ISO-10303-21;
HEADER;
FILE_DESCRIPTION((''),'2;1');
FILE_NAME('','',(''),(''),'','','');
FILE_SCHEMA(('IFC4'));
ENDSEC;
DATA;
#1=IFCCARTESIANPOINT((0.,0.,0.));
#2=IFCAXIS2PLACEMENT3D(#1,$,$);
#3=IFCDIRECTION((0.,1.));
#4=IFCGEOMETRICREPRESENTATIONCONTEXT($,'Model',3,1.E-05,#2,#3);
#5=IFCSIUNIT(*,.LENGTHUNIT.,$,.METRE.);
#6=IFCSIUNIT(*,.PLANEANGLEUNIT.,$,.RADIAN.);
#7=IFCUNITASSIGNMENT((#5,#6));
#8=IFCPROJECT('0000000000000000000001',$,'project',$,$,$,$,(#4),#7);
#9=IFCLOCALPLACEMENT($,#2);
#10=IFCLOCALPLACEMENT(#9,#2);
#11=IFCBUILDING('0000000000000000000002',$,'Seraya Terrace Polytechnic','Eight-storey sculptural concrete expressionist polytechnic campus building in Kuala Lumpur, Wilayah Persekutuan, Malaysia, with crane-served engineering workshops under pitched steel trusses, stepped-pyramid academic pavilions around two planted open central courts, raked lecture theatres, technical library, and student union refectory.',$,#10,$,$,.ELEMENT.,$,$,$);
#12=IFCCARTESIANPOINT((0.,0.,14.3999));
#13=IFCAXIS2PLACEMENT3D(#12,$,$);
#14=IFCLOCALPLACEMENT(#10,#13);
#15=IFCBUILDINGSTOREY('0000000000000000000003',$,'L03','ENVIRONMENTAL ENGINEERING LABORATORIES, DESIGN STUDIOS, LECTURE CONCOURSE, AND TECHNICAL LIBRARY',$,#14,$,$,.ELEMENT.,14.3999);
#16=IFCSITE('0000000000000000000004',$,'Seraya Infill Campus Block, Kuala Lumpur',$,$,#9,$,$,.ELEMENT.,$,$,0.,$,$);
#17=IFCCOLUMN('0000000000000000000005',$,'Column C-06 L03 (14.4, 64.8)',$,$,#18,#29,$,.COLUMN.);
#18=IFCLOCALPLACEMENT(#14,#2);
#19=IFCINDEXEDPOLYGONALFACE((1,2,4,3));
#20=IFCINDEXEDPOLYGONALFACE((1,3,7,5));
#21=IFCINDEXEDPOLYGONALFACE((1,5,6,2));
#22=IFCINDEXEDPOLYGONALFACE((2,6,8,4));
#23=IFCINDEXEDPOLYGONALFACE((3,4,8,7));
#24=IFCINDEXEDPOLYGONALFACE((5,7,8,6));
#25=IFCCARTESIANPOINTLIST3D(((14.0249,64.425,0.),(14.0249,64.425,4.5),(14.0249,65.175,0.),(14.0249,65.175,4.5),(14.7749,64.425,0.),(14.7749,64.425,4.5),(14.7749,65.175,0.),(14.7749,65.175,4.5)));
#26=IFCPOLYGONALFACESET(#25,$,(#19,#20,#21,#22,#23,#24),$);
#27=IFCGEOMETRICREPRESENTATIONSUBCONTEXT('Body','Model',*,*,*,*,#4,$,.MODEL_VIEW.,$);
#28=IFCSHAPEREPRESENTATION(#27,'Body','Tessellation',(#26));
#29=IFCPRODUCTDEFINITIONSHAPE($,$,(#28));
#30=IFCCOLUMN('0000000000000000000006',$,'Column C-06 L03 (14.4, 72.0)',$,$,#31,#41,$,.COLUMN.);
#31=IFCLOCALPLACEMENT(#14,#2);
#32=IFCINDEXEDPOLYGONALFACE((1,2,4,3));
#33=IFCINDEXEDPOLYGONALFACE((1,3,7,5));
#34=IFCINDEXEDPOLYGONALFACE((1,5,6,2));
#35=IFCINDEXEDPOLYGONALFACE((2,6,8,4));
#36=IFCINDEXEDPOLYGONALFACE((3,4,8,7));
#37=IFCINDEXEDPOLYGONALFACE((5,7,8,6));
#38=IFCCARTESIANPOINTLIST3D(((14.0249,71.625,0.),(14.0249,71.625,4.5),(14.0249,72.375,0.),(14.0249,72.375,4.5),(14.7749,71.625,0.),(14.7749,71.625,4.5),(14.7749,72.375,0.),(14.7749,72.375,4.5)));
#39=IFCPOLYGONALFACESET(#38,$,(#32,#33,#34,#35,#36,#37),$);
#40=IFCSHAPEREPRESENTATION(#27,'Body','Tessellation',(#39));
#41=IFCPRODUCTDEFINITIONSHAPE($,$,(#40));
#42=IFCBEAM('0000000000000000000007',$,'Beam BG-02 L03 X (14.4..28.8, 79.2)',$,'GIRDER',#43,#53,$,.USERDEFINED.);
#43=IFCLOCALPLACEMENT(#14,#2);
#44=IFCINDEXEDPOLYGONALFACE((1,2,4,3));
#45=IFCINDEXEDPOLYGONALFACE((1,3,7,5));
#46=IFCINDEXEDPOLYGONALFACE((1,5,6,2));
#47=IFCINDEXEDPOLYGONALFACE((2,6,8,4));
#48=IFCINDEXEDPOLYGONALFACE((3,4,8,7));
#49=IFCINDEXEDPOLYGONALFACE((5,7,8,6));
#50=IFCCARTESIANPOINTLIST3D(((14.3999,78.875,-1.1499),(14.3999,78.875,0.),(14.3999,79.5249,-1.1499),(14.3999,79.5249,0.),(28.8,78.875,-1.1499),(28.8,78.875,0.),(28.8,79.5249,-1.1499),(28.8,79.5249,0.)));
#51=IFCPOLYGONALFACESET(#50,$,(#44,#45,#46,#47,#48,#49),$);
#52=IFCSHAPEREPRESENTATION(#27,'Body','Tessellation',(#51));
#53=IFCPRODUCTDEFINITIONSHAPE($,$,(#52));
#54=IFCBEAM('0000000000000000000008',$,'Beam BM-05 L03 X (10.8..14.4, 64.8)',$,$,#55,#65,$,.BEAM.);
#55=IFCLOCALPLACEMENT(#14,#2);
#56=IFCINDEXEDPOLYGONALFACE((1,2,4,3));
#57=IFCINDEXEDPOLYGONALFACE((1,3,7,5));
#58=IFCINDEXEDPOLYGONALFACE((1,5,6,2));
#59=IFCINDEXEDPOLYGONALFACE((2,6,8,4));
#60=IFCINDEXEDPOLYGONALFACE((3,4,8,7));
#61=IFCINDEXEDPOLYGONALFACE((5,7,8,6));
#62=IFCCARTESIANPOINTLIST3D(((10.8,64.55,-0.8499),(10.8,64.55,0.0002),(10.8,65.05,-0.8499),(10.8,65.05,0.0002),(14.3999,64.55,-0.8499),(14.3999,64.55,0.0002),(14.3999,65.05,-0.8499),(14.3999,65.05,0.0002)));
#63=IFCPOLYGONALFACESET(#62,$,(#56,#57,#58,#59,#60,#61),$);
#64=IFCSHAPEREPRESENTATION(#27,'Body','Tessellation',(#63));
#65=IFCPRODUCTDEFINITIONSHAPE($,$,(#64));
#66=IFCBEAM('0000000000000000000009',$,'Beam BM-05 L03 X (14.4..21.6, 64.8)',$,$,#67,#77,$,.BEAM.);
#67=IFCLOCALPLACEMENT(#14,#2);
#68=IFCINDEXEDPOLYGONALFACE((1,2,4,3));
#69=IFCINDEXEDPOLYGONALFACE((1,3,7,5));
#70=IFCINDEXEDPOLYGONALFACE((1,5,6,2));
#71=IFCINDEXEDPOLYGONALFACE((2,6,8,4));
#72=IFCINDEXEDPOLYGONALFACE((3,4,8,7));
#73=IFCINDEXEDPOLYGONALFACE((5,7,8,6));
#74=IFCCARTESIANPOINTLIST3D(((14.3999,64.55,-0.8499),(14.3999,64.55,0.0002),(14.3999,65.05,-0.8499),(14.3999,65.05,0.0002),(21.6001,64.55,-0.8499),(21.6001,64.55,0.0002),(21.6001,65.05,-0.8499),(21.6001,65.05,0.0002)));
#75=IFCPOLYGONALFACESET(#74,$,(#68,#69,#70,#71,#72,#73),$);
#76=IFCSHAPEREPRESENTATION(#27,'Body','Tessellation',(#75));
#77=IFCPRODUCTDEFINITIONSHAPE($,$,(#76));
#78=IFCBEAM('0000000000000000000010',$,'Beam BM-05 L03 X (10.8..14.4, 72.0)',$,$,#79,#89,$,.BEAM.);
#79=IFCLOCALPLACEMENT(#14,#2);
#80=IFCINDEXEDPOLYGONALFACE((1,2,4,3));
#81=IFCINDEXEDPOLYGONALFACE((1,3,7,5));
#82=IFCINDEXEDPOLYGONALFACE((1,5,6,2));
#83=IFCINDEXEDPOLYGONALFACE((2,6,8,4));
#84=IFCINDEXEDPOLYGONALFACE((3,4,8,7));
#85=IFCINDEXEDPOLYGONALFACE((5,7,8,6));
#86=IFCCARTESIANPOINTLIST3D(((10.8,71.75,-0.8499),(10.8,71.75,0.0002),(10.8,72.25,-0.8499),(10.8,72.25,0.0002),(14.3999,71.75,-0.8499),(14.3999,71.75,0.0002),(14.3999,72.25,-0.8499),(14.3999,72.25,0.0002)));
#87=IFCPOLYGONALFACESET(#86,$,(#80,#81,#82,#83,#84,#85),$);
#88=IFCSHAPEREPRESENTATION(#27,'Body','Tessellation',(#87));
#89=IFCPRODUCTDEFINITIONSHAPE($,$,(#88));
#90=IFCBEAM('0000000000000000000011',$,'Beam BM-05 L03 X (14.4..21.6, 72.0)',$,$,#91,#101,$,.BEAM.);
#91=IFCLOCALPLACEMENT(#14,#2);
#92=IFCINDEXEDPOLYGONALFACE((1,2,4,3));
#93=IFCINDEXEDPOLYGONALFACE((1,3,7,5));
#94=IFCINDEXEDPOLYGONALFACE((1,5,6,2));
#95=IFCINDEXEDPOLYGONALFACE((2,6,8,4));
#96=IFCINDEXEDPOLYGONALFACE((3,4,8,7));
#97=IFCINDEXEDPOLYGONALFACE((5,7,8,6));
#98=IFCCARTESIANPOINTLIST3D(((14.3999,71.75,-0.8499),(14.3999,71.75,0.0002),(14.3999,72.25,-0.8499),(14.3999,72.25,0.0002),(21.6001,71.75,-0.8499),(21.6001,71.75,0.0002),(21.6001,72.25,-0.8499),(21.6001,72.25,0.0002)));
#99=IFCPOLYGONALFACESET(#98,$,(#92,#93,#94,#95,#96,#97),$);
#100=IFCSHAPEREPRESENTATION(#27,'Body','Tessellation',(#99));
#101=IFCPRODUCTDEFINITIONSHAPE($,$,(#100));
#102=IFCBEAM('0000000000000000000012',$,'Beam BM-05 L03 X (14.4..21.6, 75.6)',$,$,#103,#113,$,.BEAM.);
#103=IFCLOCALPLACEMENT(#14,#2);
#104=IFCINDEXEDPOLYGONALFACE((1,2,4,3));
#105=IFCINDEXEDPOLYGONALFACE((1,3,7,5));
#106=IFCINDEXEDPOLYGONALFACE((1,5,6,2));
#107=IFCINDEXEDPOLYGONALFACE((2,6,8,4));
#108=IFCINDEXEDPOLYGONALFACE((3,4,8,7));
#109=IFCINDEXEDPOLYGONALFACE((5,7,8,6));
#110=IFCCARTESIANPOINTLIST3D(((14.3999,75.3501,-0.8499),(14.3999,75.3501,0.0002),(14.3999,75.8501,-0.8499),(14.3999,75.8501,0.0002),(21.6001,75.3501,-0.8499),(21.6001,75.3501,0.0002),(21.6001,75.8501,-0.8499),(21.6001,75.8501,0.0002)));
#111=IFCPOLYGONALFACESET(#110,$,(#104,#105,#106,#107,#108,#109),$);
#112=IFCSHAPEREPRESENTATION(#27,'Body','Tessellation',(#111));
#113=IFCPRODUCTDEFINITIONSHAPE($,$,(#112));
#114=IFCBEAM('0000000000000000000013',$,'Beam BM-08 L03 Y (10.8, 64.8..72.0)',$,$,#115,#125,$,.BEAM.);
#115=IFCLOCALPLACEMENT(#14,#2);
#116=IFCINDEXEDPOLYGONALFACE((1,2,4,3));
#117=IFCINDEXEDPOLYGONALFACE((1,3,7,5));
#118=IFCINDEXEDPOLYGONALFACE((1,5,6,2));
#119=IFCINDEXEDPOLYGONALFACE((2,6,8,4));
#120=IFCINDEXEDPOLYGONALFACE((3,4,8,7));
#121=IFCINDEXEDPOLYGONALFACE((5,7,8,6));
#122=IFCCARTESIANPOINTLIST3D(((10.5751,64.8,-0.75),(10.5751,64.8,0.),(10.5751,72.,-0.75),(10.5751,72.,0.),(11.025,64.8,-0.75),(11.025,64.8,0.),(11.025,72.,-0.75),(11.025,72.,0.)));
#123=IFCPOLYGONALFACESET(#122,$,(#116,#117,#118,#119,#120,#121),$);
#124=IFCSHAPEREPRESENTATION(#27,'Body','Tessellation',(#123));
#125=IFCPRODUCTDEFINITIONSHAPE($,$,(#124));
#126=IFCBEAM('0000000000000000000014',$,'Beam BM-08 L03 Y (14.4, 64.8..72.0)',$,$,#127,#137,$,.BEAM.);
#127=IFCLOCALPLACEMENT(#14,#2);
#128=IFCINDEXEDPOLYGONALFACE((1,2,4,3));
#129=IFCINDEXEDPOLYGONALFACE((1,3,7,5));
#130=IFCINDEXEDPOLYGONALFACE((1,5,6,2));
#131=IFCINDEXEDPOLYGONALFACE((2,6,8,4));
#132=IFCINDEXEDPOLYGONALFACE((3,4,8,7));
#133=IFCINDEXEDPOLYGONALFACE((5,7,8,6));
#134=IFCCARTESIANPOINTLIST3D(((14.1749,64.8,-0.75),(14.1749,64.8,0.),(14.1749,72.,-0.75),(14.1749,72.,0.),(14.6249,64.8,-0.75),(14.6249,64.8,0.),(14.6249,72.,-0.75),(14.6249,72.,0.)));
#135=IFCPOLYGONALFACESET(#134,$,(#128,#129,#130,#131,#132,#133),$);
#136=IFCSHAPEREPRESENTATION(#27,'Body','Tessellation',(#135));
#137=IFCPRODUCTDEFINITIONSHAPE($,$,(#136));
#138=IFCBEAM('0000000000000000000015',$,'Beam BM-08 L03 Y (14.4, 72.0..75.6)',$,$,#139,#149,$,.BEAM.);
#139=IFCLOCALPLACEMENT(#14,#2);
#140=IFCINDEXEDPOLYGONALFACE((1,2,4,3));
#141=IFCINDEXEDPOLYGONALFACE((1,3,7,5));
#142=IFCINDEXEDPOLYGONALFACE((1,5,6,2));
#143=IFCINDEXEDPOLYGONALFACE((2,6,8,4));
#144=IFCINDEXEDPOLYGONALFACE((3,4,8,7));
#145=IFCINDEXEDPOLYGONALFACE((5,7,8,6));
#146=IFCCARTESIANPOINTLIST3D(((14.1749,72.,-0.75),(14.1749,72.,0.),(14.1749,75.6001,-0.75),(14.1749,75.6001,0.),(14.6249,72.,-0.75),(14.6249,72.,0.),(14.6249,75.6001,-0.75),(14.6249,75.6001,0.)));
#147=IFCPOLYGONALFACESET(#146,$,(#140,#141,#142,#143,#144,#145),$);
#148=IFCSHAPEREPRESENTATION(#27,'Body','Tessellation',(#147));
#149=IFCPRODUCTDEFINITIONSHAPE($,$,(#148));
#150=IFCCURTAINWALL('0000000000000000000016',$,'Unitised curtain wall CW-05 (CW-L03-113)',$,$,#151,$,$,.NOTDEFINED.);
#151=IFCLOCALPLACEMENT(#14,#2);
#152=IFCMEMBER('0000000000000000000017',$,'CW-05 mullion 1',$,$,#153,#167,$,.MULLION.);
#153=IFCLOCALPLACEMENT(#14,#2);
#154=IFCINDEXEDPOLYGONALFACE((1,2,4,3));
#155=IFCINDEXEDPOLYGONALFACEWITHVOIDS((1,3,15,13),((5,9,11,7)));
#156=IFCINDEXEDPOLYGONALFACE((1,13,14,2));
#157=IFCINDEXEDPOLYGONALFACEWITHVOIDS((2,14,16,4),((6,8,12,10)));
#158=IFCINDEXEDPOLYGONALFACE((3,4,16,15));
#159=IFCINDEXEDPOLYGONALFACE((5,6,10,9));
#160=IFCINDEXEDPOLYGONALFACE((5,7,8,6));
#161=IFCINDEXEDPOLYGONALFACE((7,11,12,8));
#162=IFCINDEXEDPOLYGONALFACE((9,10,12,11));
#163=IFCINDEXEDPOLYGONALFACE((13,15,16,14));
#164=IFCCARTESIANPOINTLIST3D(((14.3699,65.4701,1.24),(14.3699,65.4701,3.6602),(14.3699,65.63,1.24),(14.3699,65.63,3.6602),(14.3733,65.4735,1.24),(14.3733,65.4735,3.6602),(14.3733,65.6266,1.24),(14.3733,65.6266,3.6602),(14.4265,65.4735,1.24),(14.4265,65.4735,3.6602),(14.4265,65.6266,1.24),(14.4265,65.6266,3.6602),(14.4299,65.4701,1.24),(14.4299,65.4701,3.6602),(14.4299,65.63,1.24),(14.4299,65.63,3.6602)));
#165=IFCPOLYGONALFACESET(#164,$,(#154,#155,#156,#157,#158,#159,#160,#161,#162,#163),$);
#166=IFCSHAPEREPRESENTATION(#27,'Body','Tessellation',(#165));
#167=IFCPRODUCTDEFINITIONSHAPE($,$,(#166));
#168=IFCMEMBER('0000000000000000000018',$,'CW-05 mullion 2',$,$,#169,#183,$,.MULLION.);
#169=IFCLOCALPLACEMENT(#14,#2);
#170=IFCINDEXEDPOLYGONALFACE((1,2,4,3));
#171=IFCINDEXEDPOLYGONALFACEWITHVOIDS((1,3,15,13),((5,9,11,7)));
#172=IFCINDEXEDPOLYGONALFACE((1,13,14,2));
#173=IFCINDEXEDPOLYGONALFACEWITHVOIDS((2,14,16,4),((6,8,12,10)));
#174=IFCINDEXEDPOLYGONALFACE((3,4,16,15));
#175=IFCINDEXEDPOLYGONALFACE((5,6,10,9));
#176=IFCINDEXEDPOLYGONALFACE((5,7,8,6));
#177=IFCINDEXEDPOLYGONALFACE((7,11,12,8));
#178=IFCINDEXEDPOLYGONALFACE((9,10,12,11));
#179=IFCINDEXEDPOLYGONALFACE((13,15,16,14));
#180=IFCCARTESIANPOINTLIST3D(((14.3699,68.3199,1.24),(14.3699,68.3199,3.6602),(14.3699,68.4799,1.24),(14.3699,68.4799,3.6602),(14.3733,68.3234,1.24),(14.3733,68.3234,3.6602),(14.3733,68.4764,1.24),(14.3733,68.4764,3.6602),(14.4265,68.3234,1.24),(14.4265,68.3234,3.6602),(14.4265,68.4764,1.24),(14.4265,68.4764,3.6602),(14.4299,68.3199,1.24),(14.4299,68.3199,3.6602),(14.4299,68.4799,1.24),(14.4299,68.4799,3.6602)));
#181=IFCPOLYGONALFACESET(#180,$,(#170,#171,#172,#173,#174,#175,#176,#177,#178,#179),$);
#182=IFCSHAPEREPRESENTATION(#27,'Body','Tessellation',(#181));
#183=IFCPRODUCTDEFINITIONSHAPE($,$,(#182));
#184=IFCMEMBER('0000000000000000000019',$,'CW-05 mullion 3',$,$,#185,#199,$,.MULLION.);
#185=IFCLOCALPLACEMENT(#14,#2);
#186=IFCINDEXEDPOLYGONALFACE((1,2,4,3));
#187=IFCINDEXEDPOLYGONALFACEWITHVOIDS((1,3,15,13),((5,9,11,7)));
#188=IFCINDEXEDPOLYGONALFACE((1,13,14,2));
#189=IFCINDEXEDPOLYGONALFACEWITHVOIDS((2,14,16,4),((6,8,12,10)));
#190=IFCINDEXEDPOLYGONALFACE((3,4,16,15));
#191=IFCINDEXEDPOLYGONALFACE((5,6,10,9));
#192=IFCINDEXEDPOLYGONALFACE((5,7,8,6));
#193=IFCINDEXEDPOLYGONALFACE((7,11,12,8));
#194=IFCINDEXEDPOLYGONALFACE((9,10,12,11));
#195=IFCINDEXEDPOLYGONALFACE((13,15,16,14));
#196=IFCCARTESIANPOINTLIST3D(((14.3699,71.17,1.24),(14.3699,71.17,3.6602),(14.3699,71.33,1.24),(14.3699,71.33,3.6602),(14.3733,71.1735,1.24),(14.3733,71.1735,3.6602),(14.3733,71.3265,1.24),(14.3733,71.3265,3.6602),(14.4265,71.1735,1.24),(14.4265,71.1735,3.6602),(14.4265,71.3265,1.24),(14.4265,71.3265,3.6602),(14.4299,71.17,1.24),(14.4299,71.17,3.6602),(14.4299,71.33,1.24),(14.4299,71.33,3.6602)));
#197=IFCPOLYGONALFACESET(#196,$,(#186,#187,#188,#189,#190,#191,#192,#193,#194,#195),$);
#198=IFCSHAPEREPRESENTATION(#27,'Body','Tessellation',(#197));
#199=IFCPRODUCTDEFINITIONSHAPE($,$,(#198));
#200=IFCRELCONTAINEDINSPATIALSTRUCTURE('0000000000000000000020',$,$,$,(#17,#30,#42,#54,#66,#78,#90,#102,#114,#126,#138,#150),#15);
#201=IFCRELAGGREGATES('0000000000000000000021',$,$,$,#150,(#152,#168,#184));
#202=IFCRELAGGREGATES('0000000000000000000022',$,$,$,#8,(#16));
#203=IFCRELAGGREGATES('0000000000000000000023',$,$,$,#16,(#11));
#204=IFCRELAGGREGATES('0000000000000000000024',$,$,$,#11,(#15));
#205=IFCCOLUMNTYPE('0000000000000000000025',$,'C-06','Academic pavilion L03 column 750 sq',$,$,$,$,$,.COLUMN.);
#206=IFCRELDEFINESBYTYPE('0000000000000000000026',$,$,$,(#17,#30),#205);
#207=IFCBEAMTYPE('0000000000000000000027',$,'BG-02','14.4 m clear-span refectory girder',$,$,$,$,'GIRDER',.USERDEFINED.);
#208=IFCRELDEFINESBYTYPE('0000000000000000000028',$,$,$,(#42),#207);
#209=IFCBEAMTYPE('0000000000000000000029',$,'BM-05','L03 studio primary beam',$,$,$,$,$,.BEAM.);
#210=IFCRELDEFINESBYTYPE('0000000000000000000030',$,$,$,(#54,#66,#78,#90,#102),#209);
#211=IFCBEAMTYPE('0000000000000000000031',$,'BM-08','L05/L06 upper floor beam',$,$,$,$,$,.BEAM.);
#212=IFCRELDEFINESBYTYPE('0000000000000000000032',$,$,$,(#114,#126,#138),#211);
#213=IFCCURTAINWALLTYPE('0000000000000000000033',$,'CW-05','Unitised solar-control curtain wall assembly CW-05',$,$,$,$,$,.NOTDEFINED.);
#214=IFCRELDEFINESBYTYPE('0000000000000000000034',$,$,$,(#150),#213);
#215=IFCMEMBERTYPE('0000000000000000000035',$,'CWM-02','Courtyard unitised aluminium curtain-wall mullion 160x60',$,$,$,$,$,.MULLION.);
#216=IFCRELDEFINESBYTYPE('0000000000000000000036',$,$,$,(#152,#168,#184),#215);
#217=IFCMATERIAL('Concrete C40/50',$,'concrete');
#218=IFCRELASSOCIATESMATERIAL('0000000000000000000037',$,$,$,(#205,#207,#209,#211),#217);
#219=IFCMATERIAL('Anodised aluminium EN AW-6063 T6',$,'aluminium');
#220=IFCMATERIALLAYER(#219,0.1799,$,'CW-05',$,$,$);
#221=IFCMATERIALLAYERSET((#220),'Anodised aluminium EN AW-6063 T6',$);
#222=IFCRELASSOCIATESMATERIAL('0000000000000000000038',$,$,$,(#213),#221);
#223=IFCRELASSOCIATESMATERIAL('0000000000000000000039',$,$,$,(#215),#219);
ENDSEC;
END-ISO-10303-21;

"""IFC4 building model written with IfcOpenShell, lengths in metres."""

from ifc_helpers import new_model, si_unit, direction, frame, origin, origin_2d, place, context, subcontext, project, spatial, rectangle, hollow_rectangle, extrude, material, layer, layer_set, material_profile, profile_set, type_object, element, aggregate, save


model = new_model("IFC4")

# Units and contexts
model_context = context("Model", 3, precision=1e-05, world=origin(), true_north=direction((0.0, 1.0)))
body_context = subcontext(model_context, "Body", "Model", "MODEL_VIEW")
ifc_project = project(units=[si_unit("LENGTHUNIT", "METRE"), si_unit("PLANEANGLEUNIT", "RADIAN")], contexts=[model_context])

# Site, building, storey
site_placement = place(None, origin())
site = spatial("IfcSite", under=ifc_project, at=site_placement, Name="Seraya Infill Campus Block, Kuala Lumpur", CompositionType="ELEMENT", RefElevation=0.0)
building_placement = place(site_placement, origin())
building = spatial("IfcBuilding", under=site, at=building_placement, Name="Seraya Terrace Polytechnic", Description="Eight-storey sculptural concrete expressionist polytechnic campus building in Kuala Lumpur, Wilayah Persekutuan, Malaysia, with crane-served engineering workshops under pitched steel trusses, stepped-pyramid academic pavilions around two planted open central courts, raked lecture theatres, technical library, and student union refectory.", CompositionType="ELEMENT")
storey_placement = place(building_placement, frame((0.0, 0.0, 14.3999)))
storey = spatial("IfcBuildingStorey", under=building, at=storey_placement, Name="L03", Description="ENVIRONMENTAL ENGINEERING LABORATORIES, DESIGN STUDIOS, LECTURE CONCOURSE, AND TECHNICAL LIBRARY", CompositionType="ELEMENT", Elevation=14.3999)

# Columns
ifc_material_1 = material(Name="Concrete C40/50", Category="concrete")
ifc_material_profile_1 = material_profile(ifc_material_1, rectangle(XDim=0.75, YDim=0.75, at=origin_2d()), Name="RC 750x750")
ifc_profile_set_1 = profile_set([ifc_material_profile_1], Name="Concrete C40/50")
column_type = type_object("IfcColumnType", Name="C-06", Description="Academic pavilion L03 column 750 sq", PredefinedType="COLUMN", material=ifc_profile_set_1)
for number, where, z_axis, x_axis, name in (
    (1, (14.3999, 64.8, 0.0), (0.0, 0.0, 1.0), (1.0, 0.0, 0.0), "Column C-06 L03 (14.4, 64.8)"),
    (2, (14.3999, 72.0, 0.0), (0.0, 0.0, 1.0), (1.0, 0.0, 0.0), "Column C-06 L03 (14.4, 72.0)"),
):
    element("IfcColumn", number, at=place(storey_placement, frame(where, z_axis=z_axis, x_axis=x_axis)), inside=storey, type_object=column_type, Name=name, PredefinedType="COLUMN", context=body_context, shape_type="SweptSolid", body=[
        extrude(rectangle(XDim=0.75, YDim=0.75, at=origin_2d()), origin(), (0.0, 0.0, 1.0), 4.5),
    ])

# Beams
ifc_material_profile_2 = material_profile(ifc_material_1, rectangle(XDim=0.6499, YDim=1.1499, at=origin_2d()), Name="RC 650x1150")
ifc_profile_set_2 = profile_set([ifc_material_profile_2], Name="Concrete C40/50")
beam_type_1 = type_object("IfcBeamType", Name="BG-02", Description="14.4 m clear-span refectory girder", ElementType="GIRDER", PredefinedType="USERDEFINED", material=ifc_profile_set_2)
beam_1_placement = place(storey_placement, frame((14.3999, 79.2, -0.575), z_axis=(1.0, 0.0, 0.0), x_axis=(0.0, 1.0, 0.0)))
element("IfcBeam", 3, at=beam_1_placement, inside=storey, type_object=beam_type_1, Name="Beam BG-02 L03 X (14.4..28.8, 79.2)", ObjectType="GIRDER", PredefinedType="USERDEFINED", context=body_context, shape_type="SweptSolid", body=[
    extrude(rectangle(XDim=0.6499, YDim=1.1499, at=origin_2d()), origin(), (0.0, 0.0, 1.0), 14.4001),
])
ifc_material_profile_3 = material_profile(ifc_material_1, rectangle(XDim=0.5, YDim=0.8501, at=origin_2d()), Name="RC 500x850")
ifc_profile_set_3 = profile_set([ifc_material_profile_3], Name="Concrete C40/50")
beam_type_2 = type_object("IfcBeamType", Name="BM-05", Description="L03 studio primary beam", PredefinedType="BEAM", material=ifc_profile_set_3)
beam_2_placement = place(storey_placement, frame((10.8, 64.8, -0.4248), z_axis=(1.0, 0.0, 0.0), x_axis=(0.0, 1.0, 0.0)))
element("IfcBeam", 4, at=beam_2_placement, inside=storey, type_object=beam_type_2, Name="Beam BM-05 L03 X (10.8..14.4, 64.8)", PredefinedType="BEAM", context=body_context, shape_type="SweptSolid", body=[
    extrude(rectangle(XDim=0.5, YDim=0.8501, at=origin_2d()), origin(), (0.0, 0.0, 1.0), 3.5999),
])
beam_3_placement = place(storey_placement, frame((14.3999, 64.8, -0.4248), z_axis=(1.0, 0.0, 0.0), x_axis=(0.0, 1.0, 0.0)))
element("IfcBeam", 5, at=beam_3_placement, inside=storey, type_object=beam_type_2, Name="Beam BM-05 L03 X (14.4..21.6, 64.8)", PredefinedType="BEAM", context=body_context, shape_type="SweptSolid", body=[
    extrude(rectangle(XDim=0.5, YDim=0.8501, at=origin_2d()), origin(), (0.0, 0.0, 1.0), 7.2002),
])
beam_4_placement = place(storey_placement, frame((10.8, 72.0, -0.4248), z_axis=(1.0, 0.0, 0.0), x_axis=(0.0, 1.0, 0.0)))
element("IfcBeam", 6, at=beam_4_placement, inside=storey, type_object=beam_type_2, Name="Beam BM-05 L03 X (10.8..14.4, 72.0)", PredefinedType="BEAM", context=body_context, shape_type="SweptSolid", body=[
    extrude(rectangle(XDim=0.5, YDim=0.8501, at=origin_2d()), origin(), (0.0, 0.0, 1.0), 3.5999),
])
for number, where, z_axis, x_axis, name in (
    (7, (14.3999, 72.0, -0.4248), (1.0, 0.0, 0.0), (0.0, 1.0, 0.0), "Beam BM-05 L03 X (14.4..21.6, 72.0)"),
    (8, (14.3999, 75.6001, -0.4248), (1.0, 0.0, 0.0), (0.0, 1.0, 0.0), "Beam BM-05 L03 X (14.4..21.6, 75.6)"),
):
    element("IfcBeam", number, at=place(storey_placement, frame(where, z_axis=z_axis, x_axis=x_axis)), inside=storey, type_object=beam_type_2, Name=name, PredefinedType="BEAM", context=body_context, shape_type="SweptSolid", body=[
        extrude(rectangle(XDim=0.5, YDim=0.8501, at=origin_2d()), origin(), (0.0, 0.0, 1.0), 7.2002),
    ])
ifc_material_profile_4 = material_profile(ifc_material_1, rectangle(XDim=0.45, YDim=0.75, at=origin_2d()), Name="RC 450x750")
ifc_profile_set_4 = profile_set([ifc_material_profile_4], Name="Concrete C40/50")
beam_type_3 = type_object("IfcBeamType", Name="BM-08", Description="L05/L06 upper floor beam", PredefinedType="BEAM", material=ifc_profile_set_4)
for number, where, z_axis, x_axis, name in (
    (9, (10.8, 64.8, -0.375), (0.0, 1.0, 0.0), (-1.0, 0.0, 0.0), "Beam BM-08 L03 Y (10.8, 64.8..72.0)"),
    (10, (14.3999, 64.8, -0.375), (0.0, 1.0, 0.0), (-1.0, 0.0, 0.0), "Beam BM-08 L03 Y (14.4, 64.8..72.0)"),
):
    element("IfcBeam", number, at=place(storey_placement, frame(where, z_axis=z_axis, x_axis=x_axis)), inside=storey, type_object=beam_type_3, Name=name, PredefinedType="BEAM", context=body_context, shape_type="SweptSolid", body=[
        extrude(rectangle(XDim=0.45, YDim=0.75, at=origin_2d()), origin(), (0.0, 0.0, 1.0), 7.2),
    ])
beam_5_placement = place(storey_placement, frame((14.3999, 72.0, -0.375), z_axis=(0.0, 1.0, 0.0), x_axis=(-1.0, 0.0, 0.0)))
element("IfcBeam", 11, at=beam_5_placement, inside=storey, type_object=beam_type_3, Name="Beam BM-08 L03 Y (14.4, 72.0..75.6)", PredefinedType="BEAM", context=body_context, shape_type="SweptSolid", body=[
    extrude(rectangle(XDim=0.45, YDim=0.75, at=origin_2d()), origin(), (0.0, 0.0, 1.0), 3.6001),
])

# Curtain wall, members
ifc_material_2 = material(Name="Anodised aluminium EN AW-6063 T6", Category="aluminium")
ifc_layer_1 = layer(ifc_material_2, 0.1799, Name="CW-05")
ifc_layer_set_1 = layer_set([ifc_layer_1], Name="Anodised aluminium EN AW-6063 T6")
curtain_wall_type = type_object("IfcCurtainWallType", Name="CW-05", Description="Unitised solar-control curtain wall assembly CW-05", PredefinedType="NOTDEFINED", material=ifc_layer_set_1)
curtain_wall_placement = place(storey_placement, origin())
curtain_wall = element("IfcCurtainWall", 12, at=curtain_wall_placement, inside=storey, type_object=curtain_wall_type, Name="Unitised curtain wall CW-05 (CW-L03-113)", PredefinedType="NOTDEFINED")
ifc_material_profile_5 = material_profile(ifc_material_2, hollow_rectangle(XDim=0.0601, YDim=0.1599, WallThickness=0.0034, at=origin_2d()), Name="RHS 160x60x3.5")
ifc_profile_set_5 = profile_set([ifc_material_profile_5], Name="Anodised aluminium EN AW-6063 T6")
member_type_1 = type_object("IfcMemberType", Name="CWM-02", Description="Courtyard unitised aluminium curtain-wall mullion 160x60", PredefinedType="MULLION", material=ifc_profile_set_5)
member_1_placement = place(storey_placement, frame((14.3999, 65.55, 1.24), z_axis=(0.0, 0.0, 1.0), x_axis=(-1.0, 0.0, 0.0)))
member_1 = element("IfcMember", 13, at=member_1_placement, type_object=member_type_1, Name="CW-05 mullion 1", PredefinedType="MULLION", context=body_context, shape_type="SweptSolid", body=[
    extrude(hollow_rectangle(XDim=0.0601, YDim=0.1599, WallThickness=0.0034, at=origin_2d()), origin(), (0.0, 0.0, 1.0), 2.4202),
])
member_2_placement = place(storey_placement, frame((14.3999, 68.3999, 1.24), z_axis=(0.0, 0.0, 1.0), x_axis=(-1.0, 0.0, 0.0)))
member_2 = element("IfcMember", 14, at=member_2_placement, type_object=member_type_1, Name="CW-05 mullion 2", PredefinedType="MULLION", context=body_context, shape_type="SweptSolid", body=[
    extrude(hollow_rectangle(XDim=0.0601, YDim=0.1599, WallThickness=0.0034, at=origin_2d()), origin(), (0.0, 0.0, 1.0), 2.4202),
])
member_3_placement = place(storey_placement, frame((14.3999, 71.25, 1.24), z_axis=(0.0, 0.0, 1.0), x_axis=(-1.0, 0.0, 0.0)))
member_3 = element("IfcMember", 15, at=member_3_placement, type_object=member_type_1, Name="CW-05 mullion 3", PredefinedType="MULLION", context=body_context, shape_type="SweptSolid", body=[
    extrude(hollow_rectangle(XDim=0.0601, YDim=0.1599, WallThickness=0.0034, at=origin_2d()), origin(), (0.0, 0.0, 1.0), 2.4202),
])

aggregate(curtain_wall, [member_1, member_2, member_3])

save(model, "model.ifc")
